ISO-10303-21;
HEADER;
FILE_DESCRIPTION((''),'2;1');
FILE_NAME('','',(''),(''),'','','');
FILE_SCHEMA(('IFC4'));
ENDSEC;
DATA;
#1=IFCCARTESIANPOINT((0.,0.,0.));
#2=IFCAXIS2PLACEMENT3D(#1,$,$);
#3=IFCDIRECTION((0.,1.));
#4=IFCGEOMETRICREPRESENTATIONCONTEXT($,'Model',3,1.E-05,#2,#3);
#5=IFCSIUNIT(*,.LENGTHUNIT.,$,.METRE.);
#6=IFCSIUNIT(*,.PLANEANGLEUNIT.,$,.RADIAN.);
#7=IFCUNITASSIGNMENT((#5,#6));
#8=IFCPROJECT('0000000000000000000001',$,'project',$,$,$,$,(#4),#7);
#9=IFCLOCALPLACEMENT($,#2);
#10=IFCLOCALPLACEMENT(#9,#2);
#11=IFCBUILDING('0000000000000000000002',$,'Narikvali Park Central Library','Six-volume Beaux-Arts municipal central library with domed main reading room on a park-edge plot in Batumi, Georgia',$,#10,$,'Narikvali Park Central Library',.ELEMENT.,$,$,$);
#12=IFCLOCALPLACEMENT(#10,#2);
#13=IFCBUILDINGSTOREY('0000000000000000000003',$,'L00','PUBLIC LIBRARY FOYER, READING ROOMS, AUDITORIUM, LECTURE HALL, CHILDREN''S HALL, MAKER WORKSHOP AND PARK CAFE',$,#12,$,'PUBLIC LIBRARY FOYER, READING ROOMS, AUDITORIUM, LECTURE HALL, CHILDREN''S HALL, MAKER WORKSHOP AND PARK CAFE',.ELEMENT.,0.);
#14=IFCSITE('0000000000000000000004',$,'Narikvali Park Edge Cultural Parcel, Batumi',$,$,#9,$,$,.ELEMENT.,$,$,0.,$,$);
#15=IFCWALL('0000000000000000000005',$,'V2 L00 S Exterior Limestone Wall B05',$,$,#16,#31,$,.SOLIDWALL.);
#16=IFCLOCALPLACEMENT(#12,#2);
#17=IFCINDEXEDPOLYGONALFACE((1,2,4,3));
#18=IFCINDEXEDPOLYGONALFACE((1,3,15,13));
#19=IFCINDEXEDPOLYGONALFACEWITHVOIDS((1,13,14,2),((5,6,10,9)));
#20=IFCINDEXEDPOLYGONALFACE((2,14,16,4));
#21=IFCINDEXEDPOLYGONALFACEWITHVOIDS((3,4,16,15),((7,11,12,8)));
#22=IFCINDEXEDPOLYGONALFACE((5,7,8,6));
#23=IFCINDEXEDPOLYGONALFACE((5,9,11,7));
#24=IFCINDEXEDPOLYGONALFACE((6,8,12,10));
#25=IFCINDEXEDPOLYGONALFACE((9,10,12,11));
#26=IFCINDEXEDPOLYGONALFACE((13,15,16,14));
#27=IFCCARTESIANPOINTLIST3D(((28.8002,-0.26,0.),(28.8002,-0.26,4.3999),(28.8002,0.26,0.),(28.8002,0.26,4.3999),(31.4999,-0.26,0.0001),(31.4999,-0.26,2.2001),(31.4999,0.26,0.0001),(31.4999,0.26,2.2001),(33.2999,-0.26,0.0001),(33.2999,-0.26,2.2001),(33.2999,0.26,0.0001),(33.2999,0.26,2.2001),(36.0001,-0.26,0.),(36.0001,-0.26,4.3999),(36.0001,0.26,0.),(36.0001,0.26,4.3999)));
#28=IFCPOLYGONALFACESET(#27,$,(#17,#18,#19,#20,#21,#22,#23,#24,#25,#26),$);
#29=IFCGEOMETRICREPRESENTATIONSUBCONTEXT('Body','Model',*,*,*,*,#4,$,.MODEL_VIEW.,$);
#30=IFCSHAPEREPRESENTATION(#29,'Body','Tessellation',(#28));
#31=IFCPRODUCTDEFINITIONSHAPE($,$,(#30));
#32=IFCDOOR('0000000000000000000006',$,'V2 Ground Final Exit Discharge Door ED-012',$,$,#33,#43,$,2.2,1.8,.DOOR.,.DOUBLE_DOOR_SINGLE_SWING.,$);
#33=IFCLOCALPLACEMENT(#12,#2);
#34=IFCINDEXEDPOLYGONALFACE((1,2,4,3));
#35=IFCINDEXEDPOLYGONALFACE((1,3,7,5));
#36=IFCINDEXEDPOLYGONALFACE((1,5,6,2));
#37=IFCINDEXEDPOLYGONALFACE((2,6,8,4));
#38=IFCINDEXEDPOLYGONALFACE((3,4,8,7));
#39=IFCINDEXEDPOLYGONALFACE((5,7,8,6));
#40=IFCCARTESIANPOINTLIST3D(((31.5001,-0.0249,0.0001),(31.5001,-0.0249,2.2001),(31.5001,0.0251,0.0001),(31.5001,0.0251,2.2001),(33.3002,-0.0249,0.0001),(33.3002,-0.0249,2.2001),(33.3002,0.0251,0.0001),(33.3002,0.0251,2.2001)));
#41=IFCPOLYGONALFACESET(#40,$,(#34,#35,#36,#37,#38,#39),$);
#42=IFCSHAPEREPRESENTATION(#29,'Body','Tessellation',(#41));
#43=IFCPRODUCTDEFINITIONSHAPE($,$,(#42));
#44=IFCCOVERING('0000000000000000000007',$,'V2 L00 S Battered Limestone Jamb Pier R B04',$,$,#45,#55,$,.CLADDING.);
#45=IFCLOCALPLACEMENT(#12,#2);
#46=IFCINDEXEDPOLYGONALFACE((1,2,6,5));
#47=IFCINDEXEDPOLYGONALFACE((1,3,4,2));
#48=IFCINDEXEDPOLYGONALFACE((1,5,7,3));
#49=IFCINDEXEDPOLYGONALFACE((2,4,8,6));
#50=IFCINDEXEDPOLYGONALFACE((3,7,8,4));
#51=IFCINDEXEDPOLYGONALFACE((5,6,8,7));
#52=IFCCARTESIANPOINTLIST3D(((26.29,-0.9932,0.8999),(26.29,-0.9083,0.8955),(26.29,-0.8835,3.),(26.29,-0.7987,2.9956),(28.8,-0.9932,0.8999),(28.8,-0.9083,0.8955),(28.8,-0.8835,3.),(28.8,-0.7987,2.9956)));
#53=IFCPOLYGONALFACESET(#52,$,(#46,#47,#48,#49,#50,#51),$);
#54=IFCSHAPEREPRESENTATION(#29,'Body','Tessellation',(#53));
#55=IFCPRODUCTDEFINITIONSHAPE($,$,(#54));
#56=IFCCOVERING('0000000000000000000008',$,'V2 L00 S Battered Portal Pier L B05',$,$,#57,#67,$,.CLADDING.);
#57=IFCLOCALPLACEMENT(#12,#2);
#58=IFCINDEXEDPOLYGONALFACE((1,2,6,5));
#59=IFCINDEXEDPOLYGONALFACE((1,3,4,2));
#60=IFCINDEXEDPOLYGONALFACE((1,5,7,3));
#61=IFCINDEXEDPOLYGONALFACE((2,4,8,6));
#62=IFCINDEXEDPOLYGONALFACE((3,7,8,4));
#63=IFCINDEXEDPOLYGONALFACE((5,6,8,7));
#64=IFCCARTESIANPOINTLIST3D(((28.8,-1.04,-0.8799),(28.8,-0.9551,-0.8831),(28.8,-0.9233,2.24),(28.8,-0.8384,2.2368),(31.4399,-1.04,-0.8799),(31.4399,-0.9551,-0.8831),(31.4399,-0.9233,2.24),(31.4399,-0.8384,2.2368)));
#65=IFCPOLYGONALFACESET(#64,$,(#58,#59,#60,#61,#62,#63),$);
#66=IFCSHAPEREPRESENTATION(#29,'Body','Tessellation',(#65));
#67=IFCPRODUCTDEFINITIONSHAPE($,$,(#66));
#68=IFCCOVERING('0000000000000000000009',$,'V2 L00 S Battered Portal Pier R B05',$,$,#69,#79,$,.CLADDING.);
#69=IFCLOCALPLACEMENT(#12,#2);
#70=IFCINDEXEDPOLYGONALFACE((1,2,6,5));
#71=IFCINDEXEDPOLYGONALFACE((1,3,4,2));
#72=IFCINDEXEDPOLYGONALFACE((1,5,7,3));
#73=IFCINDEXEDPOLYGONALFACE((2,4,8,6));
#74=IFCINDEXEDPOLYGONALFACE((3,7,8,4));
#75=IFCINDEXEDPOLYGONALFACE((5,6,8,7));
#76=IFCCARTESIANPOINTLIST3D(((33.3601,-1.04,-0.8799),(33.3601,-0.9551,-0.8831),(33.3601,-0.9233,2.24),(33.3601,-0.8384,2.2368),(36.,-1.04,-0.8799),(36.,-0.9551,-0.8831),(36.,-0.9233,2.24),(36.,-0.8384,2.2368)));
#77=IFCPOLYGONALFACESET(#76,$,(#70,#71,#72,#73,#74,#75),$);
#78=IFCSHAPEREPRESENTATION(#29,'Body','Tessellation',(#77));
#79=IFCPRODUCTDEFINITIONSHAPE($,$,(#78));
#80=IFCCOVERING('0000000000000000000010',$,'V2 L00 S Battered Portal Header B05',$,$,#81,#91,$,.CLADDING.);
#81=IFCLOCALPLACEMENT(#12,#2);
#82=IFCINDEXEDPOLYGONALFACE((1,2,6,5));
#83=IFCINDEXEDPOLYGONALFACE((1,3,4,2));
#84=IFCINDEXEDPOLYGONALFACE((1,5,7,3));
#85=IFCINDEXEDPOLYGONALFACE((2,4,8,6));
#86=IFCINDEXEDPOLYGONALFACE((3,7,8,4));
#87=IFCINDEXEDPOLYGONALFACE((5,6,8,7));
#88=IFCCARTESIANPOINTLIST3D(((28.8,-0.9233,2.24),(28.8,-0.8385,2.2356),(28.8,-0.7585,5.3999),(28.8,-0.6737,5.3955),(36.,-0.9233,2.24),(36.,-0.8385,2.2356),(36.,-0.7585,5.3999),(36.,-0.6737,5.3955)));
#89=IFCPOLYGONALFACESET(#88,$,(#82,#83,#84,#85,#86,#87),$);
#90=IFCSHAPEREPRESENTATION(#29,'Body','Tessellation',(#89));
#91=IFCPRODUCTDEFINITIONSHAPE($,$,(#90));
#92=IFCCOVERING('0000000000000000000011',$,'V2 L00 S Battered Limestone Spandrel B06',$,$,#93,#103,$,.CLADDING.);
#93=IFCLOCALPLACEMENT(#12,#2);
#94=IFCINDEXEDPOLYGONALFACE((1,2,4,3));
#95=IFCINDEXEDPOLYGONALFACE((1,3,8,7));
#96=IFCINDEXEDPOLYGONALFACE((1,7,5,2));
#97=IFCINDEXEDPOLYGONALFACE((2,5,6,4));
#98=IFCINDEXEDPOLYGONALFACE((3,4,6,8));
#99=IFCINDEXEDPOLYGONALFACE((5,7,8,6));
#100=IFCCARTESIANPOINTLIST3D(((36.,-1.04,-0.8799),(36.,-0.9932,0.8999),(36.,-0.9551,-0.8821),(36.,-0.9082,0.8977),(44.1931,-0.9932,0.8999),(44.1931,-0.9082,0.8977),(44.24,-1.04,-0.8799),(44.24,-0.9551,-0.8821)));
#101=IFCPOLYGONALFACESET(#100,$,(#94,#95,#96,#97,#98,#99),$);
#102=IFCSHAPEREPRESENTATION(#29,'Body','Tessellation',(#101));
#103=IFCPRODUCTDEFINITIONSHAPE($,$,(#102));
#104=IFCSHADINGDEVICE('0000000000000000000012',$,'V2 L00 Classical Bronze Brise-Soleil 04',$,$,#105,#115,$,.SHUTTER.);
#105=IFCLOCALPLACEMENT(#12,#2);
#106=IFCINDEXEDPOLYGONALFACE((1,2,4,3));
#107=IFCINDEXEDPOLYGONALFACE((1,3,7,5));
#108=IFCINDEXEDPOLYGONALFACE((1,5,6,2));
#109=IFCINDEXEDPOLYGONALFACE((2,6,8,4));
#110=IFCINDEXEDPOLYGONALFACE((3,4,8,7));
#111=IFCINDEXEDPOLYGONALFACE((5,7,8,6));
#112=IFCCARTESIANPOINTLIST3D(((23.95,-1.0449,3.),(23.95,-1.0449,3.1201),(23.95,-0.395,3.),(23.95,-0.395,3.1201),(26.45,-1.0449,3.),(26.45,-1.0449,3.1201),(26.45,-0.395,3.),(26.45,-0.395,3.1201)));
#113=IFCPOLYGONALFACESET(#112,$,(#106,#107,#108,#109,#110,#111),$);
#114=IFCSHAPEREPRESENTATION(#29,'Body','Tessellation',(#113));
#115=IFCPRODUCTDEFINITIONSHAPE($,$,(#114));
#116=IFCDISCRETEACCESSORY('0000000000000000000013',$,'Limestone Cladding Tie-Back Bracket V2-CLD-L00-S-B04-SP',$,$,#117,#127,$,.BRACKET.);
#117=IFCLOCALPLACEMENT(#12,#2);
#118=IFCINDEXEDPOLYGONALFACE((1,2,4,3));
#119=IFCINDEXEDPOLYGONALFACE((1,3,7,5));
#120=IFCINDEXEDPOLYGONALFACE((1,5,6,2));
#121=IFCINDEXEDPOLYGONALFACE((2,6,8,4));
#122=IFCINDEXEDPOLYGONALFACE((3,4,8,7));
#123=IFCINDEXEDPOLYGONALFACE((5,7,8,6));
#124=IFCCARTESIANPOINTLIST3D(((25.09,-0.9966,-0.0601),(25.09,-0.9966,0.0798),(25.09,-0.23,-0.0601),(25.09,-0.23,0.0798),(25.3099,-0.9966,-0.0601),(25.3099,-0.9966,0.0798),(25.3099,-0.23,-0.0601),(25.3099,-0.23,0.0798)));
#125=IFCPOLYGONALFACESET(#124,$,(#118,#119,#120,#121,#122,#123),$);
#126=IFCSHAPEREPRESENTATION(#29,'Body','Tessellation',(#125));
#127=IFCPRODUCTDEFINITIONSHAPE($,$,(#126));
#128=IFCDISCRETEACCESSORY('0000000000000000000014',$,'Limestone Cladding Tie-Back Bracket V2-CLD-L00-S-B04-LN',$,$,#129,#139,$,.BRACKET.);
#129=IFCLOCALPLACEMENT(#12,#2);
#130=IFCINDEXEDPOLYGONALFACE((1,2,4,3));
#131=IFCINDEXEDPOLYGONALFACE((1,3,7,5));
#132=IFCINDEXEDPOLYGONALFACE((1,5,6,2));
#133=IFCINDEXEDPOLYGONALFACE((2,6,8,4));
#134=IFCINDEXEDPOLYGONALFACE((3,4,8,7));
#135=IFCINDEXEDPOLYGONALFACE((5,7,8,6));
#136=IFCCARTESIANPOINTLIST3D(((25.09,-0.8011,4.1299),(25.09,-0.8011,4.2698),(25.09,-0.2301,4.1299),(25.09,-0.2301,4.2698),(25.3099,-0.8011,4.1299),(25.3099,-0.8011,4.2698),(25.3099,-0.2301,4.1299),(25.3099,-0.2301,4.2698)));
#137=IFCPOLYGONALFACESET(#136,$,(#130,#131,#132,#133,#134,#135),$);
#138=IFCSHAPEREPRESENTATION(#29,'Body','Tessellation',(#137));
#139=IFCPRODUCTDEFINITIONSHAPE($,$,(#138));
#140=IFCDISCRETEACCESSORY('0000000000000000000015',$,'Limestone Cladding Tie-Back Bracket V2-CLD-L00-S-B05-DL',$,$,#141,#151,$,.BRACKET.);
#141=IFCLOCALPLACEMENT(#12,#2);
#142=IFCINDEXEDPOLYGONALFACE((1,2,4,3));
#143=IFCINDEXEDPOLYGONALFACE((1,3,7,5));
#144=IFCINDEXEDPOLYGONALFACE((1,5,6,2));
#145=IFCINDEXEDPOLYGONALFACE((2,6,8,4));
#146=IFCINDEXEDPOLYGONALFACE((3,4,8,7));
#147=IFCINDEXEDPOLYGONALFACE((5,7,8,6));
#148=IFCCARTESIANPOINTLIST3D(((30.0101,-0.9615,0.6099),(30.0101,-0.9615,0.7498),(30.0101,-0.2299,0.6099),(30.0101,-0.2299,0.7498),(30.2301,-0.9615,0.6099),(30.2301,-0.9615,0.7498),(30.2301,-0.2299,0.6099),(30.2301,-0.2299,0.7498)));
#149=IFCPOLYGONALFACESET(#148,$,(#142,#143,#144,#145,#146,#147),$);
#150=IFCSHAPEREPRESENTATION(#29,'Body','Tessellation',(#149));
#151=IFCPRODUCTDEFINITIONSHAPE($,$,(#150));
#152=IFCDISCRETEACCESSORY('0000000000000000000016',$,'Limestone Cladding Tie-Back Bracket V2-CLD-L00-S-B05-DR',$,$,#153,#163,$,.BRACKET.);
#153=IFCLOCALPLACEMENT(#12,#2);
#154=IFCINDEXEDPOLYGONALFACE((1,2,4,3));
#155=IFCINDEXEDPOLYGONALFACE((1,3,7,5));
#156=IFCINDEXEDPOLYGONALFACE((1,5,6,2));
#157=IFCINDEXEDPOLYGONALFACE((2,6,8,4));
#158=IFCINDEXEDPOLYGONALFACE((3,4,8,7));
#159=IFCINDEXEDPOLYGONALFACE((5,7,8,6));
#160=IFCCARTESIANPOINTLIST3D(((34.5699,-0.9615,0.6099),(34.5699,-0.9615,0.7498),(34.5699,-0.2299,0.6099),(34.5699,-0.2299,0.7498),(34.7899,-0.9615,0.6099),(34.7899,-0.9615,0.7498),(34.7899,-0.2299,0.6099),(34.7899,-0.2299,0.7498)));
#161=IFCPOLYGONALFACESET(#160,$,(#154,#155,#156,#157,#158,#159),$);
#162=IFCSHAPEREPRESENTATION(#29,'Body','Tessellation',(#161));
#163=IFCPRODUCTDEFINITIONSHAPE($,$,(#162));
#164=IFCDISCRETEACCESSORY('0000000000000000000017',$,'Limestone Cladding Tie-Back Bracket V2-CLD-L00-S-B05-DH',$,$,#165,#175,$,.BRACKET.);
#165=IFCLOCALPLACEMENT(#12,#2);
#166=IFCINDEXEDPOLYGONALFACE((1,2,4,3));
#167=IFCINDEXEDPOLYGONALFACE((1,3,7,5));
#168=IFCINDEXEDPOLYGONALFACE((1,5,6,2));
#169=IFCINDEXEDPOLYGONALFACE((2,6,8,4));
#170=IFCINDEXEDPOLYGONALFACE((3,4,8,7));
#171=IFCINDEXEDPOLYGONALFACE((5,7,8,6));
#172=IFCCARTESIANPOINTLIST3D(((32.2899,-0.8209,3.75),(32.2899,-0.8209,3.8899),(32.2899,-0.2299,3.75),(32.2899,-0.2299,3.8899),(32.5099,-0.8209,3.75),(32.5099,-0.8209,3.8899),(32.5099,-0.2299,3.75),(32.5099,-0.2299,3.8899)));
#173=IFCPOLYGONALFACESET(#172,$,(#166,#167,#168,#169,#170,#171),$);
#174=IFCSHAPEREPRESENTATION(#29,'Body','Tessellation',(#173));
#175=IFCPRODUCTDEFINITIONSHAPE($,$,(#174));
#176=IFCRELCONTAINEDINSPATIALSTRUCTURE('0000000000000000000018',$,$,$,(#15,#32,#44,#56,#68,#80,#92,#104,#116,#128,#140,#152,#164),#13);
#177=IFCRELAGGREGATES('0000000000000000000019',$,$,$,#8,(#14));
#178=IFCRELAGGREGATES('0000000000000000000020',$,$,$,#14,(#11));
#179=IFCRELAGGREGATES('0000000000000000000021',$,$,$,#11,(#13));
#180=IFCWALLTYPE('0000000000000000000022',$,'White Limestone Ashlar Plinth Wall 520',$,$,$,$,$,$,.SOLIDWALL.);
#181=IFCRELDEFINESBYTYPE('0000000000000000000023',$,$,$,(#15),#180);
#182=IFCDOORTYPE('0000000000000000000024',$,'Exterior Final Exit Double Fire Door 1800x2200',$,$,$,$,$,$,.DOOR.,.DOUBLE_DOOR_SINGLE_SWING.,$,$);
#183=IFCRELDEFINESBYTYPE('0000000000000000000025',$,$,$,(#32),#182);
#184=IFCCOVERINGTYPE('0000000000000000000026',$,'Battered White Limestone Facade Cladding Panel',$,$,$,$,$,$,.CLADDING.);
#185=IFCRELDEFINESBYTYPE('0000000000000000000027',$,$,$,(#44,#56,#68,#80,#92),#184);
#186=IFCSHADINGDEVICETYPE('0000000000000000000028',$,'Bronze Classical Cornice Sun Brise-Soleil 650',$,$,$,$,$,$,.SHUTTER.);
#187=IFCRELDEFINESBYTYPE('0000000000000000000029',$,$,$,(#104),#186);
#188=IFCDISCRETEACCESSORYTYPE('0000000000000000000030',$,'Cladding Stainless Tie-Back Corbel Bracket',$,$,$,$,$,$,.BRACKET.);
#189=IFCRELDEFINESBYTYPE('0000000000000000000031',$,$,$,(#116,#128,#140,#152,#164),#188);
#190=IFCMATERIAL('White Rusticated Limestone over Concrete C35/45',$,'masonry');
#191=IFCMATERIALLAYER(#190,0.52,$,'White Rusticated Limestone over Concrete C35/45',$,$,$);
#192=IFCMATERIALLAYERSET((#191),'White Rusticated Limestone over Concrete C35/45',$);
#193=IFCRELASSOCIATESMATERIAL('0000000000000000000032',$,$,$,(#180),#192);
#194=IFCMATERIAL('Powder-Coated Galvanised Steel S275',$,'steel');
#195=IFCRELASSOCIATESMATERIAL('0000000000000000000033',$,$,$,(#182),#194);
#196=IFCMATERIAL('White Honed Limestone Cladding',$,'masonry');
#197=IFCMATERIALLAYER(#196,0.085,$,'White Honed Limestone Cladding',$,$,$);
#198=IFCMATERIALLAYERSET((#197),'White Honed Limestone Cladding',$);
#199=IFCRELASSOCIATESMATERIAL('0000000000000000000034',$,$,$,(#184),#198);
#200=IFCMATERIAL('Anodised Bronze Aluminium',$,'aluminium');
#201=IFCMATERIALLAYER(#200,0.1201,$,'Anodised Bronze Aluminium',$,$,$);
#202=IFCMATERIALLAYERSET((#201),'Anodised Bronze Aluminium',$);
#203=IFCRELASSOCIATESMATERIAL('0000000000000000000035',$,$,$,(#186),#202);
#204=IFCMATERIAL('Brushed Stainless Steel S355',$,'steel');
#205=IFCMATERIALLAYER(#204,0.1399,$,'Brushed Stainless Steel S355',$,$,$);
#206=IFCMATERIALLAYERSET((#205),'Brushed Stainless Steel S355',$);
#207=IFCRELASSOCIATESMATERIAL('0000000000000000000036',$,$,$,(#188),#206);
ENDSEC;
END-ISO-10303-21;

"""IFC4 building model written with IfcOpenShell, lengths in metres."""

from ifc_helpers import new_model, si_unit, direction, frame, frame_2d, origin, origin_2d, place, context, subcontext, project, spatial, polyline, rectangle, outline, extrude, material, layer, layer_set, type_object, element, fill, save


model = new_model("IFC4")

# Units and contexts
model_context = context("Model", 3, precision=1e-05, world=origin(), true_north=direction((0.0, 1.0)))
body_context = subcontext(model_context, "Body", "Model", "MODEL_VIEW")
ifc_project = project(units=[si_unit("LENGTHUNIT", "METRE"), si_unit("PLANEANGLEUNIT", "RADIAN")], contexts=[model_context])

# Site, building, storey
site_placement = place(None, origin())
site = spatial("IfcSite", under=ifc_project, at=site_placement, Name="Narikvali Park Edge Cultural Parcel, Batumi", CompositionType="ELEMENT", RefElevation=0.0)
building_placement = place(site_placement, origin())
building = spatial("IfcBuilding", under=site, at=building_placement, Name="Narikvali Park Central Library", Description="Six-volume Beaux-Arts municipal central library with domed main reading room on a park-edge plot in Batumi, Georgia", LongName="Narikvali Park Central Library", CompositionType="ELEMENT")
storey_placement = place(building_placement, origin())
storey = spatial("IfcBuildingStorey", under=building, at=storey_placement, Name="L00", Description="PUBLIC LIBRARY FOYER, READING ROOMS, AUDITORIUM, LECTURE HALL, CHILDREN'S HALL, MAKER WORKSHOP AND PARK CAFE", LongName="PUBLIC LIBRARY FOYER, READING ROOMS, AUDITORIUM, LECTURE HALL, CHILDREN'S HALL, MAKER WORKSHOP AND PARK CAFE", CompositionType="ELEMENT", Elevation=0.0)

# Wall, opening, door
ifc_material_1 = material(Name="White Rusticated Limestone over Concrete C35/45", Category="masonry")
ifc_layer_1 = layer(ifc_material_1, 0.52, Name="White Rusticated Limestone over Concrete C35/45")
ifc_layer_set_1 = layer_set([ifc_layer_1], Name="White Rusticated Limestone over Concrete C35/45")
wall_type_1 = type_object("IfcWallType", Name="White Limestone Ashlar Plinth Wall 520", PredefinedType="SOLIDWALL", material=ifc_layer_set_1)
wall_1_placement = place(storey_placement, frame((28.8, 0.0, 0.0), z_axis=(0.0, 0.0, 1.0), x_axis=(1.0, 0.0, 0.0)))
wall_1 = element("IfcWall", 1, at=wall_1_placement, inside=storey, type_object=wall_type_1, Name="V2 L00 S Exterior Limestone Wall B05", PredefinedType="SOLIDWALL", context=body_context, shape_type="SweptSolid", body=[
    extrude(rectangle(XDim=7.2, YDim=0.52, at=frame_2d((3.6001, 0.0))), origin(), (0.0, 0.0, 1.0), 4.3999),
])
opening_1_placement = place(wall_1_placement, frame((2.7, 0.0, 0.0)))
opening_1 = element("IfcOpeningElement", 2, at=opening_1_placement, cuts=wall_1, PredefinedType="OPENING", context=body_context, shape_type="SweptSolid", body=[
    extrude(rectangle(XDim=1.8, YDim=2.2, at=frame_2d((0.8999, 1.1001))), frame((0.0, 0.272, 0.0), z_axis=(0.0, -1.0, 0.0), x_axis=(1.0, 0.0, 0.0)), (0.0, 0.0, 1.0), 0.5439),
])
ifc_material_2 = material(Name="Powder-Coated Galvanised Steel S275", Category="steel")
door_type_1 = type_object("IfcDoorType", Name="Exterior Final Exit Double Fire Door 1800x2200", OperationType="DOUBLE_DOOR_SINGLE_SWING", PredefinedType="DOOR", material=ifc_material_2)
door_1_placement = place(opening_1_placement, frame((1.8, 0.0, 0.0), z_axis=(0.0, 0.0, 1.0), x_axis=(-1.0, 0.0, 0.0)))
door_1 = element("IfcDoor", 3, at=door_1_placement, inside=storey, type_object=door_type_1, Name="V2 Ground Final Exit Discharge Door ED-012", OperationType="DOUBLE_DOOR_SINGLE_SWING", OverallHeight=2.2, OverallWidth=1.8, PredefinedType="DOOR", context=body_context, shape_type="SweptSolid", body=[
    extrude(rectangle(XDim=1.8, YDim=2.2, at=frame_2d((0.8999, 1.1001))), frame((0.0, 0.0249, 0.0), z_axis=(0.0, -1.0, 0.0), x_axis=(1.0, 0.0, 0.0)), (0.0, 0.0, 1.0), 0.05),
])
fill(opening_1, door_1)

# Coverings
ifc_material_3 = material(Name="White Honed Limestone Cladding", Category="masonry")
ifc_layer_2 = layer(ifc_material_3, 0.085, Name="White Honed Limestone Cladding")
ifc_layer_set_2 = layer_set([ifc_layer_2], Name="White Honed Limestone Cladding")
covering_type = type_object("IfcCoveringType", Name="Battered White Limestone Facade Cladding Panel", PredefinedType="CLADDING", material=ifc_layer_set_2)
covering_1_placement = place(storey_placement, frame((26.29, -0.9932, 0.8999), z_axis=(0.0, -0.998641, 0.052126), x_axis=(1.0, 0.0, 0.0)))
element("IfcCovering", 4, at=covering_1_placement, inside=storey, type_object=covering_type, Name="V2 L00 S Battered Limestone Jamb Pier R B04", PredefinedType="CLADDING", context=body_context, shape_type="SweptSolid", body=[
    extrude(outline(polyline([(0.0, 0.0), (2.51, 0.0), (2.51, 2.103), (0.0, 2.103), (0.0, 0.0)])), origin(), (0.0, 0.0, -1.0), 0.085),
])
for number, where, z_axis, x_axis, name in (
    (5, (28.8, -1.04, -0.8799), (0.0, -0.999301, 0.037379), (1.0, 0.0, 0.0), "V2 L00 S Battered Portal Pier L B05"),
    (6, (33.3601, -1.04, -0.8799), (0.0, -0.999301, 0.037379), (1.0, 0.0, 0.0), "V2 L00 S Battered Portal Pier R B05"),
):
    element("IfcCovering", number, at=place(storey_placement, frame(where, z_axis=z_axis, x_axis=x_axis)), inside=storey, type_object=covering_type, Name=name, PredefinedType="CLADDING", context=body_context, shape_type="SweptSolid", body=[
        extrude(outline(polyline([(0.0, 0.0), (2.6399, 0.0), (2.6399, 3.1221), (0.0, 3.1221), (0.0, 0.0)])), origin(), (0.0, 0.0, -1.0), 0.085),
    ])
covering_2_placement = place(storey_placement, frame((28.8, -0.9233, 2.24), z_axis=(0.0, -0.998643, 0.052081), x_axis=(1.0, 0.0, 0.0)))
element("IfcCovering", 7, at=covering_2_placement, inside=storey, type_object=covering_type, Name="V2 L00 S Battered Portal Header B05", PredefinedType="CLADDING", context=body_context, shape_type="SweptSolid", body=[
    extrude(outline(polyline([(0.0, 0.0), (7.2, 0.0), (7.2, 3.1642), (0.0, 3.1642), (0.0, 0.0)])), origin(), (0.0, 0.0, -1.0), 0.085),
])
covering_3_placement = place(storey_placement, frame((36.0, -1.04, -0.8799), z_axis=(0.0, -0.999653, 0.026328), x_axis=(1.0, 0.0, 0.0)))
element("IfcCovering", 8, at=covering_3_placement, inside=storey, type_object=covering_type, Name="V2 L00 S Battered Limestone Spandrel B06", PredefinedType="CLADDING", context=body_context, shape_type="SweptSolid", body=[
    extrude(outline(polyline([(0.0, 0.0), (8.24, 0.0), (8.1931, 1.7804), (0.0, 1.7804), (0.0, 0.0)])), origin(), (0.0, 0.0, -1.0), 0.085),
])

# Shading device
ifc_material_4 = material(Name="Anodised Bronze Aluminium", Category="aluminium")
ifc_layer_3 = layer(ifc_material_4, 0.1201, Name="Anodised Bronze Aluminium")
ifc_layer_set_3 = layer_set([ifc_layer_3], Name="Anodised Bronze Aluminium")
shading_device_type = type_object("IfcShadingDeviceType", Name="Bronze Classical Cornice Sun Brise-Soleil 650", PredefinedType="SHUTTER", material=ifc_layer_set_3)
shading_device_placement = place(storey_placement, frame((25.2, -0.72, 3.0), z_axis=(0.0, 0.0, 1.0), x_axis=(1.0, 0.0, 0.0)))
element("IfcShadingDevice", 9, at=shading_device_placement, inside=storey, type_object=shading_device_type, Name="V2 L00 Classical Bronze Brise-Soleil 04", PredefinedType="SHUTTER", context=body_context, shape_type="SweptSolid", body=[
    extrude(rectangle(XDim=2.5, YDim=0.6499, at=origin_2d()), origin(), (0.0, 0.0, 1.0), 0.1201),
])

# Discrete accessories
ifc_material_5 = material(Name="Brushed Stainless Steel S355", Category="steel")
ifc_layer_4 = layer(ifc_material_5, 0.1399, Name="Brushed Stainless Steel S355")
ifc_layer_set_4 = layer_set([ifc_layer_4], Name="Brushed Stainless Steel S355")
discrete_accessory_type = type_object("IfcDiscreteAccessoryType", Name="Cladding Stainless Tie-Back Corbel Bracket", PredefinedType="BRACKET", material=ifc_layer_set_4)
discrete_accessory_1_placement = place(storey_placement, frame((25.2, -0.6133, -0.0601), z_axis=(0.0, 0.0, 1.0), x_axis=(1.0, 0.0, 0.0)))
element("IfcDiscreteAccessory", 10, at=discrete_accessory_1_placement, inside=storey, type_object=discrete_accessory_type, Name="Limestone Cladding Tie-Back Bracket V2-CLD-L00-S-B04-SP", PredefinedType="BRACKET", context=body_context, shape_type="SweptSolid", body=[
    extrude(rectangle(XDim=0.22, YDim=0.7666, at=origin_2d()), origin(), (0.0, 0.0, 1.0), 0.1399),
])
discrete_accessory_2_placement = place(storey_placement, frame((25.2, -0.5156, 4.1299), z_axis=(0.0, 0.0, 1.0), x_axis=(1.0, 0.0, 0.0)))
element("IfcDiscreteAccessory", 11, at=discrete_accessory_2_placement, inside=storey, type_object=discrete_accessory_type, Name="Limestone Cladding Tie-Back Bracket V2-CLD-L00-S-B04-LN", PredefinedType="BRACKET", context=body_context, shape_type="SweptSolid", body=[
    extrude(rectangle(XDim=0.22, YDim=0.571, at=origin_2d()), origin(), (0.0, 0.0, 1.0), 0.1399),
])
for number, where, z_axis, x_axis, name in (
    (12, (30.1201, -0.5957, 0.6099), (0.0, 0.0, 1.0), (1.0, 0.0, 0.0), "Limestone Cladding Tie-Back Bracket V2-CLD-L00-S-B05-DL"),
    (13, (34.6799, -0.5957, 0.6099), (0.0, 0.0, 1.0), (1.0, 0.0, 0.0), "Limestone Cladding Tie-Back Bracket V2-CLD-L00-S-B05-DR"),
):
    element("IfcDiscreteAccessory", number, at=place(storey_placement, frame(where, z_axis=z_axis, x_axis=x_axis)), inside=storey, type_object=discrete_accessory_type, Name=name, PredefinedType="BRACKET", context=body_context, shape_type="SweptSolid", body=[
        extrude(rectangle(XDim=0.22, YDim=0.7317, at=origin_2d()), origin(), (0.0, 0.0, 1.0), 0.1399),
    ])
discrete_accessory_3_placement = place(storey_placement, frame((32.3999, -0.5254, 3.75), z_axis=(0.0, 0.0, 1.0), x_axis=(1.0, 0.0, 0.0)))
element("IfcDiscreteAccessory", 14, at=discrete_accessory_3_placement, inside=storey, type_object=discrete_accessory_type, Name="Limestone Cladding Tie-Back Bracket V2-CLD-L00-S-B05-DH", PredefinedType="BRACKET", context=body_context, shape_type="SweptSolid", body=[
    extrude(rectangle(XDim=0.22, YDim=0.5911, at=origin_2d()), origin(), (0.0, 0.0, 1.0), 0.1399),
])

save(model, "model.ifc")
